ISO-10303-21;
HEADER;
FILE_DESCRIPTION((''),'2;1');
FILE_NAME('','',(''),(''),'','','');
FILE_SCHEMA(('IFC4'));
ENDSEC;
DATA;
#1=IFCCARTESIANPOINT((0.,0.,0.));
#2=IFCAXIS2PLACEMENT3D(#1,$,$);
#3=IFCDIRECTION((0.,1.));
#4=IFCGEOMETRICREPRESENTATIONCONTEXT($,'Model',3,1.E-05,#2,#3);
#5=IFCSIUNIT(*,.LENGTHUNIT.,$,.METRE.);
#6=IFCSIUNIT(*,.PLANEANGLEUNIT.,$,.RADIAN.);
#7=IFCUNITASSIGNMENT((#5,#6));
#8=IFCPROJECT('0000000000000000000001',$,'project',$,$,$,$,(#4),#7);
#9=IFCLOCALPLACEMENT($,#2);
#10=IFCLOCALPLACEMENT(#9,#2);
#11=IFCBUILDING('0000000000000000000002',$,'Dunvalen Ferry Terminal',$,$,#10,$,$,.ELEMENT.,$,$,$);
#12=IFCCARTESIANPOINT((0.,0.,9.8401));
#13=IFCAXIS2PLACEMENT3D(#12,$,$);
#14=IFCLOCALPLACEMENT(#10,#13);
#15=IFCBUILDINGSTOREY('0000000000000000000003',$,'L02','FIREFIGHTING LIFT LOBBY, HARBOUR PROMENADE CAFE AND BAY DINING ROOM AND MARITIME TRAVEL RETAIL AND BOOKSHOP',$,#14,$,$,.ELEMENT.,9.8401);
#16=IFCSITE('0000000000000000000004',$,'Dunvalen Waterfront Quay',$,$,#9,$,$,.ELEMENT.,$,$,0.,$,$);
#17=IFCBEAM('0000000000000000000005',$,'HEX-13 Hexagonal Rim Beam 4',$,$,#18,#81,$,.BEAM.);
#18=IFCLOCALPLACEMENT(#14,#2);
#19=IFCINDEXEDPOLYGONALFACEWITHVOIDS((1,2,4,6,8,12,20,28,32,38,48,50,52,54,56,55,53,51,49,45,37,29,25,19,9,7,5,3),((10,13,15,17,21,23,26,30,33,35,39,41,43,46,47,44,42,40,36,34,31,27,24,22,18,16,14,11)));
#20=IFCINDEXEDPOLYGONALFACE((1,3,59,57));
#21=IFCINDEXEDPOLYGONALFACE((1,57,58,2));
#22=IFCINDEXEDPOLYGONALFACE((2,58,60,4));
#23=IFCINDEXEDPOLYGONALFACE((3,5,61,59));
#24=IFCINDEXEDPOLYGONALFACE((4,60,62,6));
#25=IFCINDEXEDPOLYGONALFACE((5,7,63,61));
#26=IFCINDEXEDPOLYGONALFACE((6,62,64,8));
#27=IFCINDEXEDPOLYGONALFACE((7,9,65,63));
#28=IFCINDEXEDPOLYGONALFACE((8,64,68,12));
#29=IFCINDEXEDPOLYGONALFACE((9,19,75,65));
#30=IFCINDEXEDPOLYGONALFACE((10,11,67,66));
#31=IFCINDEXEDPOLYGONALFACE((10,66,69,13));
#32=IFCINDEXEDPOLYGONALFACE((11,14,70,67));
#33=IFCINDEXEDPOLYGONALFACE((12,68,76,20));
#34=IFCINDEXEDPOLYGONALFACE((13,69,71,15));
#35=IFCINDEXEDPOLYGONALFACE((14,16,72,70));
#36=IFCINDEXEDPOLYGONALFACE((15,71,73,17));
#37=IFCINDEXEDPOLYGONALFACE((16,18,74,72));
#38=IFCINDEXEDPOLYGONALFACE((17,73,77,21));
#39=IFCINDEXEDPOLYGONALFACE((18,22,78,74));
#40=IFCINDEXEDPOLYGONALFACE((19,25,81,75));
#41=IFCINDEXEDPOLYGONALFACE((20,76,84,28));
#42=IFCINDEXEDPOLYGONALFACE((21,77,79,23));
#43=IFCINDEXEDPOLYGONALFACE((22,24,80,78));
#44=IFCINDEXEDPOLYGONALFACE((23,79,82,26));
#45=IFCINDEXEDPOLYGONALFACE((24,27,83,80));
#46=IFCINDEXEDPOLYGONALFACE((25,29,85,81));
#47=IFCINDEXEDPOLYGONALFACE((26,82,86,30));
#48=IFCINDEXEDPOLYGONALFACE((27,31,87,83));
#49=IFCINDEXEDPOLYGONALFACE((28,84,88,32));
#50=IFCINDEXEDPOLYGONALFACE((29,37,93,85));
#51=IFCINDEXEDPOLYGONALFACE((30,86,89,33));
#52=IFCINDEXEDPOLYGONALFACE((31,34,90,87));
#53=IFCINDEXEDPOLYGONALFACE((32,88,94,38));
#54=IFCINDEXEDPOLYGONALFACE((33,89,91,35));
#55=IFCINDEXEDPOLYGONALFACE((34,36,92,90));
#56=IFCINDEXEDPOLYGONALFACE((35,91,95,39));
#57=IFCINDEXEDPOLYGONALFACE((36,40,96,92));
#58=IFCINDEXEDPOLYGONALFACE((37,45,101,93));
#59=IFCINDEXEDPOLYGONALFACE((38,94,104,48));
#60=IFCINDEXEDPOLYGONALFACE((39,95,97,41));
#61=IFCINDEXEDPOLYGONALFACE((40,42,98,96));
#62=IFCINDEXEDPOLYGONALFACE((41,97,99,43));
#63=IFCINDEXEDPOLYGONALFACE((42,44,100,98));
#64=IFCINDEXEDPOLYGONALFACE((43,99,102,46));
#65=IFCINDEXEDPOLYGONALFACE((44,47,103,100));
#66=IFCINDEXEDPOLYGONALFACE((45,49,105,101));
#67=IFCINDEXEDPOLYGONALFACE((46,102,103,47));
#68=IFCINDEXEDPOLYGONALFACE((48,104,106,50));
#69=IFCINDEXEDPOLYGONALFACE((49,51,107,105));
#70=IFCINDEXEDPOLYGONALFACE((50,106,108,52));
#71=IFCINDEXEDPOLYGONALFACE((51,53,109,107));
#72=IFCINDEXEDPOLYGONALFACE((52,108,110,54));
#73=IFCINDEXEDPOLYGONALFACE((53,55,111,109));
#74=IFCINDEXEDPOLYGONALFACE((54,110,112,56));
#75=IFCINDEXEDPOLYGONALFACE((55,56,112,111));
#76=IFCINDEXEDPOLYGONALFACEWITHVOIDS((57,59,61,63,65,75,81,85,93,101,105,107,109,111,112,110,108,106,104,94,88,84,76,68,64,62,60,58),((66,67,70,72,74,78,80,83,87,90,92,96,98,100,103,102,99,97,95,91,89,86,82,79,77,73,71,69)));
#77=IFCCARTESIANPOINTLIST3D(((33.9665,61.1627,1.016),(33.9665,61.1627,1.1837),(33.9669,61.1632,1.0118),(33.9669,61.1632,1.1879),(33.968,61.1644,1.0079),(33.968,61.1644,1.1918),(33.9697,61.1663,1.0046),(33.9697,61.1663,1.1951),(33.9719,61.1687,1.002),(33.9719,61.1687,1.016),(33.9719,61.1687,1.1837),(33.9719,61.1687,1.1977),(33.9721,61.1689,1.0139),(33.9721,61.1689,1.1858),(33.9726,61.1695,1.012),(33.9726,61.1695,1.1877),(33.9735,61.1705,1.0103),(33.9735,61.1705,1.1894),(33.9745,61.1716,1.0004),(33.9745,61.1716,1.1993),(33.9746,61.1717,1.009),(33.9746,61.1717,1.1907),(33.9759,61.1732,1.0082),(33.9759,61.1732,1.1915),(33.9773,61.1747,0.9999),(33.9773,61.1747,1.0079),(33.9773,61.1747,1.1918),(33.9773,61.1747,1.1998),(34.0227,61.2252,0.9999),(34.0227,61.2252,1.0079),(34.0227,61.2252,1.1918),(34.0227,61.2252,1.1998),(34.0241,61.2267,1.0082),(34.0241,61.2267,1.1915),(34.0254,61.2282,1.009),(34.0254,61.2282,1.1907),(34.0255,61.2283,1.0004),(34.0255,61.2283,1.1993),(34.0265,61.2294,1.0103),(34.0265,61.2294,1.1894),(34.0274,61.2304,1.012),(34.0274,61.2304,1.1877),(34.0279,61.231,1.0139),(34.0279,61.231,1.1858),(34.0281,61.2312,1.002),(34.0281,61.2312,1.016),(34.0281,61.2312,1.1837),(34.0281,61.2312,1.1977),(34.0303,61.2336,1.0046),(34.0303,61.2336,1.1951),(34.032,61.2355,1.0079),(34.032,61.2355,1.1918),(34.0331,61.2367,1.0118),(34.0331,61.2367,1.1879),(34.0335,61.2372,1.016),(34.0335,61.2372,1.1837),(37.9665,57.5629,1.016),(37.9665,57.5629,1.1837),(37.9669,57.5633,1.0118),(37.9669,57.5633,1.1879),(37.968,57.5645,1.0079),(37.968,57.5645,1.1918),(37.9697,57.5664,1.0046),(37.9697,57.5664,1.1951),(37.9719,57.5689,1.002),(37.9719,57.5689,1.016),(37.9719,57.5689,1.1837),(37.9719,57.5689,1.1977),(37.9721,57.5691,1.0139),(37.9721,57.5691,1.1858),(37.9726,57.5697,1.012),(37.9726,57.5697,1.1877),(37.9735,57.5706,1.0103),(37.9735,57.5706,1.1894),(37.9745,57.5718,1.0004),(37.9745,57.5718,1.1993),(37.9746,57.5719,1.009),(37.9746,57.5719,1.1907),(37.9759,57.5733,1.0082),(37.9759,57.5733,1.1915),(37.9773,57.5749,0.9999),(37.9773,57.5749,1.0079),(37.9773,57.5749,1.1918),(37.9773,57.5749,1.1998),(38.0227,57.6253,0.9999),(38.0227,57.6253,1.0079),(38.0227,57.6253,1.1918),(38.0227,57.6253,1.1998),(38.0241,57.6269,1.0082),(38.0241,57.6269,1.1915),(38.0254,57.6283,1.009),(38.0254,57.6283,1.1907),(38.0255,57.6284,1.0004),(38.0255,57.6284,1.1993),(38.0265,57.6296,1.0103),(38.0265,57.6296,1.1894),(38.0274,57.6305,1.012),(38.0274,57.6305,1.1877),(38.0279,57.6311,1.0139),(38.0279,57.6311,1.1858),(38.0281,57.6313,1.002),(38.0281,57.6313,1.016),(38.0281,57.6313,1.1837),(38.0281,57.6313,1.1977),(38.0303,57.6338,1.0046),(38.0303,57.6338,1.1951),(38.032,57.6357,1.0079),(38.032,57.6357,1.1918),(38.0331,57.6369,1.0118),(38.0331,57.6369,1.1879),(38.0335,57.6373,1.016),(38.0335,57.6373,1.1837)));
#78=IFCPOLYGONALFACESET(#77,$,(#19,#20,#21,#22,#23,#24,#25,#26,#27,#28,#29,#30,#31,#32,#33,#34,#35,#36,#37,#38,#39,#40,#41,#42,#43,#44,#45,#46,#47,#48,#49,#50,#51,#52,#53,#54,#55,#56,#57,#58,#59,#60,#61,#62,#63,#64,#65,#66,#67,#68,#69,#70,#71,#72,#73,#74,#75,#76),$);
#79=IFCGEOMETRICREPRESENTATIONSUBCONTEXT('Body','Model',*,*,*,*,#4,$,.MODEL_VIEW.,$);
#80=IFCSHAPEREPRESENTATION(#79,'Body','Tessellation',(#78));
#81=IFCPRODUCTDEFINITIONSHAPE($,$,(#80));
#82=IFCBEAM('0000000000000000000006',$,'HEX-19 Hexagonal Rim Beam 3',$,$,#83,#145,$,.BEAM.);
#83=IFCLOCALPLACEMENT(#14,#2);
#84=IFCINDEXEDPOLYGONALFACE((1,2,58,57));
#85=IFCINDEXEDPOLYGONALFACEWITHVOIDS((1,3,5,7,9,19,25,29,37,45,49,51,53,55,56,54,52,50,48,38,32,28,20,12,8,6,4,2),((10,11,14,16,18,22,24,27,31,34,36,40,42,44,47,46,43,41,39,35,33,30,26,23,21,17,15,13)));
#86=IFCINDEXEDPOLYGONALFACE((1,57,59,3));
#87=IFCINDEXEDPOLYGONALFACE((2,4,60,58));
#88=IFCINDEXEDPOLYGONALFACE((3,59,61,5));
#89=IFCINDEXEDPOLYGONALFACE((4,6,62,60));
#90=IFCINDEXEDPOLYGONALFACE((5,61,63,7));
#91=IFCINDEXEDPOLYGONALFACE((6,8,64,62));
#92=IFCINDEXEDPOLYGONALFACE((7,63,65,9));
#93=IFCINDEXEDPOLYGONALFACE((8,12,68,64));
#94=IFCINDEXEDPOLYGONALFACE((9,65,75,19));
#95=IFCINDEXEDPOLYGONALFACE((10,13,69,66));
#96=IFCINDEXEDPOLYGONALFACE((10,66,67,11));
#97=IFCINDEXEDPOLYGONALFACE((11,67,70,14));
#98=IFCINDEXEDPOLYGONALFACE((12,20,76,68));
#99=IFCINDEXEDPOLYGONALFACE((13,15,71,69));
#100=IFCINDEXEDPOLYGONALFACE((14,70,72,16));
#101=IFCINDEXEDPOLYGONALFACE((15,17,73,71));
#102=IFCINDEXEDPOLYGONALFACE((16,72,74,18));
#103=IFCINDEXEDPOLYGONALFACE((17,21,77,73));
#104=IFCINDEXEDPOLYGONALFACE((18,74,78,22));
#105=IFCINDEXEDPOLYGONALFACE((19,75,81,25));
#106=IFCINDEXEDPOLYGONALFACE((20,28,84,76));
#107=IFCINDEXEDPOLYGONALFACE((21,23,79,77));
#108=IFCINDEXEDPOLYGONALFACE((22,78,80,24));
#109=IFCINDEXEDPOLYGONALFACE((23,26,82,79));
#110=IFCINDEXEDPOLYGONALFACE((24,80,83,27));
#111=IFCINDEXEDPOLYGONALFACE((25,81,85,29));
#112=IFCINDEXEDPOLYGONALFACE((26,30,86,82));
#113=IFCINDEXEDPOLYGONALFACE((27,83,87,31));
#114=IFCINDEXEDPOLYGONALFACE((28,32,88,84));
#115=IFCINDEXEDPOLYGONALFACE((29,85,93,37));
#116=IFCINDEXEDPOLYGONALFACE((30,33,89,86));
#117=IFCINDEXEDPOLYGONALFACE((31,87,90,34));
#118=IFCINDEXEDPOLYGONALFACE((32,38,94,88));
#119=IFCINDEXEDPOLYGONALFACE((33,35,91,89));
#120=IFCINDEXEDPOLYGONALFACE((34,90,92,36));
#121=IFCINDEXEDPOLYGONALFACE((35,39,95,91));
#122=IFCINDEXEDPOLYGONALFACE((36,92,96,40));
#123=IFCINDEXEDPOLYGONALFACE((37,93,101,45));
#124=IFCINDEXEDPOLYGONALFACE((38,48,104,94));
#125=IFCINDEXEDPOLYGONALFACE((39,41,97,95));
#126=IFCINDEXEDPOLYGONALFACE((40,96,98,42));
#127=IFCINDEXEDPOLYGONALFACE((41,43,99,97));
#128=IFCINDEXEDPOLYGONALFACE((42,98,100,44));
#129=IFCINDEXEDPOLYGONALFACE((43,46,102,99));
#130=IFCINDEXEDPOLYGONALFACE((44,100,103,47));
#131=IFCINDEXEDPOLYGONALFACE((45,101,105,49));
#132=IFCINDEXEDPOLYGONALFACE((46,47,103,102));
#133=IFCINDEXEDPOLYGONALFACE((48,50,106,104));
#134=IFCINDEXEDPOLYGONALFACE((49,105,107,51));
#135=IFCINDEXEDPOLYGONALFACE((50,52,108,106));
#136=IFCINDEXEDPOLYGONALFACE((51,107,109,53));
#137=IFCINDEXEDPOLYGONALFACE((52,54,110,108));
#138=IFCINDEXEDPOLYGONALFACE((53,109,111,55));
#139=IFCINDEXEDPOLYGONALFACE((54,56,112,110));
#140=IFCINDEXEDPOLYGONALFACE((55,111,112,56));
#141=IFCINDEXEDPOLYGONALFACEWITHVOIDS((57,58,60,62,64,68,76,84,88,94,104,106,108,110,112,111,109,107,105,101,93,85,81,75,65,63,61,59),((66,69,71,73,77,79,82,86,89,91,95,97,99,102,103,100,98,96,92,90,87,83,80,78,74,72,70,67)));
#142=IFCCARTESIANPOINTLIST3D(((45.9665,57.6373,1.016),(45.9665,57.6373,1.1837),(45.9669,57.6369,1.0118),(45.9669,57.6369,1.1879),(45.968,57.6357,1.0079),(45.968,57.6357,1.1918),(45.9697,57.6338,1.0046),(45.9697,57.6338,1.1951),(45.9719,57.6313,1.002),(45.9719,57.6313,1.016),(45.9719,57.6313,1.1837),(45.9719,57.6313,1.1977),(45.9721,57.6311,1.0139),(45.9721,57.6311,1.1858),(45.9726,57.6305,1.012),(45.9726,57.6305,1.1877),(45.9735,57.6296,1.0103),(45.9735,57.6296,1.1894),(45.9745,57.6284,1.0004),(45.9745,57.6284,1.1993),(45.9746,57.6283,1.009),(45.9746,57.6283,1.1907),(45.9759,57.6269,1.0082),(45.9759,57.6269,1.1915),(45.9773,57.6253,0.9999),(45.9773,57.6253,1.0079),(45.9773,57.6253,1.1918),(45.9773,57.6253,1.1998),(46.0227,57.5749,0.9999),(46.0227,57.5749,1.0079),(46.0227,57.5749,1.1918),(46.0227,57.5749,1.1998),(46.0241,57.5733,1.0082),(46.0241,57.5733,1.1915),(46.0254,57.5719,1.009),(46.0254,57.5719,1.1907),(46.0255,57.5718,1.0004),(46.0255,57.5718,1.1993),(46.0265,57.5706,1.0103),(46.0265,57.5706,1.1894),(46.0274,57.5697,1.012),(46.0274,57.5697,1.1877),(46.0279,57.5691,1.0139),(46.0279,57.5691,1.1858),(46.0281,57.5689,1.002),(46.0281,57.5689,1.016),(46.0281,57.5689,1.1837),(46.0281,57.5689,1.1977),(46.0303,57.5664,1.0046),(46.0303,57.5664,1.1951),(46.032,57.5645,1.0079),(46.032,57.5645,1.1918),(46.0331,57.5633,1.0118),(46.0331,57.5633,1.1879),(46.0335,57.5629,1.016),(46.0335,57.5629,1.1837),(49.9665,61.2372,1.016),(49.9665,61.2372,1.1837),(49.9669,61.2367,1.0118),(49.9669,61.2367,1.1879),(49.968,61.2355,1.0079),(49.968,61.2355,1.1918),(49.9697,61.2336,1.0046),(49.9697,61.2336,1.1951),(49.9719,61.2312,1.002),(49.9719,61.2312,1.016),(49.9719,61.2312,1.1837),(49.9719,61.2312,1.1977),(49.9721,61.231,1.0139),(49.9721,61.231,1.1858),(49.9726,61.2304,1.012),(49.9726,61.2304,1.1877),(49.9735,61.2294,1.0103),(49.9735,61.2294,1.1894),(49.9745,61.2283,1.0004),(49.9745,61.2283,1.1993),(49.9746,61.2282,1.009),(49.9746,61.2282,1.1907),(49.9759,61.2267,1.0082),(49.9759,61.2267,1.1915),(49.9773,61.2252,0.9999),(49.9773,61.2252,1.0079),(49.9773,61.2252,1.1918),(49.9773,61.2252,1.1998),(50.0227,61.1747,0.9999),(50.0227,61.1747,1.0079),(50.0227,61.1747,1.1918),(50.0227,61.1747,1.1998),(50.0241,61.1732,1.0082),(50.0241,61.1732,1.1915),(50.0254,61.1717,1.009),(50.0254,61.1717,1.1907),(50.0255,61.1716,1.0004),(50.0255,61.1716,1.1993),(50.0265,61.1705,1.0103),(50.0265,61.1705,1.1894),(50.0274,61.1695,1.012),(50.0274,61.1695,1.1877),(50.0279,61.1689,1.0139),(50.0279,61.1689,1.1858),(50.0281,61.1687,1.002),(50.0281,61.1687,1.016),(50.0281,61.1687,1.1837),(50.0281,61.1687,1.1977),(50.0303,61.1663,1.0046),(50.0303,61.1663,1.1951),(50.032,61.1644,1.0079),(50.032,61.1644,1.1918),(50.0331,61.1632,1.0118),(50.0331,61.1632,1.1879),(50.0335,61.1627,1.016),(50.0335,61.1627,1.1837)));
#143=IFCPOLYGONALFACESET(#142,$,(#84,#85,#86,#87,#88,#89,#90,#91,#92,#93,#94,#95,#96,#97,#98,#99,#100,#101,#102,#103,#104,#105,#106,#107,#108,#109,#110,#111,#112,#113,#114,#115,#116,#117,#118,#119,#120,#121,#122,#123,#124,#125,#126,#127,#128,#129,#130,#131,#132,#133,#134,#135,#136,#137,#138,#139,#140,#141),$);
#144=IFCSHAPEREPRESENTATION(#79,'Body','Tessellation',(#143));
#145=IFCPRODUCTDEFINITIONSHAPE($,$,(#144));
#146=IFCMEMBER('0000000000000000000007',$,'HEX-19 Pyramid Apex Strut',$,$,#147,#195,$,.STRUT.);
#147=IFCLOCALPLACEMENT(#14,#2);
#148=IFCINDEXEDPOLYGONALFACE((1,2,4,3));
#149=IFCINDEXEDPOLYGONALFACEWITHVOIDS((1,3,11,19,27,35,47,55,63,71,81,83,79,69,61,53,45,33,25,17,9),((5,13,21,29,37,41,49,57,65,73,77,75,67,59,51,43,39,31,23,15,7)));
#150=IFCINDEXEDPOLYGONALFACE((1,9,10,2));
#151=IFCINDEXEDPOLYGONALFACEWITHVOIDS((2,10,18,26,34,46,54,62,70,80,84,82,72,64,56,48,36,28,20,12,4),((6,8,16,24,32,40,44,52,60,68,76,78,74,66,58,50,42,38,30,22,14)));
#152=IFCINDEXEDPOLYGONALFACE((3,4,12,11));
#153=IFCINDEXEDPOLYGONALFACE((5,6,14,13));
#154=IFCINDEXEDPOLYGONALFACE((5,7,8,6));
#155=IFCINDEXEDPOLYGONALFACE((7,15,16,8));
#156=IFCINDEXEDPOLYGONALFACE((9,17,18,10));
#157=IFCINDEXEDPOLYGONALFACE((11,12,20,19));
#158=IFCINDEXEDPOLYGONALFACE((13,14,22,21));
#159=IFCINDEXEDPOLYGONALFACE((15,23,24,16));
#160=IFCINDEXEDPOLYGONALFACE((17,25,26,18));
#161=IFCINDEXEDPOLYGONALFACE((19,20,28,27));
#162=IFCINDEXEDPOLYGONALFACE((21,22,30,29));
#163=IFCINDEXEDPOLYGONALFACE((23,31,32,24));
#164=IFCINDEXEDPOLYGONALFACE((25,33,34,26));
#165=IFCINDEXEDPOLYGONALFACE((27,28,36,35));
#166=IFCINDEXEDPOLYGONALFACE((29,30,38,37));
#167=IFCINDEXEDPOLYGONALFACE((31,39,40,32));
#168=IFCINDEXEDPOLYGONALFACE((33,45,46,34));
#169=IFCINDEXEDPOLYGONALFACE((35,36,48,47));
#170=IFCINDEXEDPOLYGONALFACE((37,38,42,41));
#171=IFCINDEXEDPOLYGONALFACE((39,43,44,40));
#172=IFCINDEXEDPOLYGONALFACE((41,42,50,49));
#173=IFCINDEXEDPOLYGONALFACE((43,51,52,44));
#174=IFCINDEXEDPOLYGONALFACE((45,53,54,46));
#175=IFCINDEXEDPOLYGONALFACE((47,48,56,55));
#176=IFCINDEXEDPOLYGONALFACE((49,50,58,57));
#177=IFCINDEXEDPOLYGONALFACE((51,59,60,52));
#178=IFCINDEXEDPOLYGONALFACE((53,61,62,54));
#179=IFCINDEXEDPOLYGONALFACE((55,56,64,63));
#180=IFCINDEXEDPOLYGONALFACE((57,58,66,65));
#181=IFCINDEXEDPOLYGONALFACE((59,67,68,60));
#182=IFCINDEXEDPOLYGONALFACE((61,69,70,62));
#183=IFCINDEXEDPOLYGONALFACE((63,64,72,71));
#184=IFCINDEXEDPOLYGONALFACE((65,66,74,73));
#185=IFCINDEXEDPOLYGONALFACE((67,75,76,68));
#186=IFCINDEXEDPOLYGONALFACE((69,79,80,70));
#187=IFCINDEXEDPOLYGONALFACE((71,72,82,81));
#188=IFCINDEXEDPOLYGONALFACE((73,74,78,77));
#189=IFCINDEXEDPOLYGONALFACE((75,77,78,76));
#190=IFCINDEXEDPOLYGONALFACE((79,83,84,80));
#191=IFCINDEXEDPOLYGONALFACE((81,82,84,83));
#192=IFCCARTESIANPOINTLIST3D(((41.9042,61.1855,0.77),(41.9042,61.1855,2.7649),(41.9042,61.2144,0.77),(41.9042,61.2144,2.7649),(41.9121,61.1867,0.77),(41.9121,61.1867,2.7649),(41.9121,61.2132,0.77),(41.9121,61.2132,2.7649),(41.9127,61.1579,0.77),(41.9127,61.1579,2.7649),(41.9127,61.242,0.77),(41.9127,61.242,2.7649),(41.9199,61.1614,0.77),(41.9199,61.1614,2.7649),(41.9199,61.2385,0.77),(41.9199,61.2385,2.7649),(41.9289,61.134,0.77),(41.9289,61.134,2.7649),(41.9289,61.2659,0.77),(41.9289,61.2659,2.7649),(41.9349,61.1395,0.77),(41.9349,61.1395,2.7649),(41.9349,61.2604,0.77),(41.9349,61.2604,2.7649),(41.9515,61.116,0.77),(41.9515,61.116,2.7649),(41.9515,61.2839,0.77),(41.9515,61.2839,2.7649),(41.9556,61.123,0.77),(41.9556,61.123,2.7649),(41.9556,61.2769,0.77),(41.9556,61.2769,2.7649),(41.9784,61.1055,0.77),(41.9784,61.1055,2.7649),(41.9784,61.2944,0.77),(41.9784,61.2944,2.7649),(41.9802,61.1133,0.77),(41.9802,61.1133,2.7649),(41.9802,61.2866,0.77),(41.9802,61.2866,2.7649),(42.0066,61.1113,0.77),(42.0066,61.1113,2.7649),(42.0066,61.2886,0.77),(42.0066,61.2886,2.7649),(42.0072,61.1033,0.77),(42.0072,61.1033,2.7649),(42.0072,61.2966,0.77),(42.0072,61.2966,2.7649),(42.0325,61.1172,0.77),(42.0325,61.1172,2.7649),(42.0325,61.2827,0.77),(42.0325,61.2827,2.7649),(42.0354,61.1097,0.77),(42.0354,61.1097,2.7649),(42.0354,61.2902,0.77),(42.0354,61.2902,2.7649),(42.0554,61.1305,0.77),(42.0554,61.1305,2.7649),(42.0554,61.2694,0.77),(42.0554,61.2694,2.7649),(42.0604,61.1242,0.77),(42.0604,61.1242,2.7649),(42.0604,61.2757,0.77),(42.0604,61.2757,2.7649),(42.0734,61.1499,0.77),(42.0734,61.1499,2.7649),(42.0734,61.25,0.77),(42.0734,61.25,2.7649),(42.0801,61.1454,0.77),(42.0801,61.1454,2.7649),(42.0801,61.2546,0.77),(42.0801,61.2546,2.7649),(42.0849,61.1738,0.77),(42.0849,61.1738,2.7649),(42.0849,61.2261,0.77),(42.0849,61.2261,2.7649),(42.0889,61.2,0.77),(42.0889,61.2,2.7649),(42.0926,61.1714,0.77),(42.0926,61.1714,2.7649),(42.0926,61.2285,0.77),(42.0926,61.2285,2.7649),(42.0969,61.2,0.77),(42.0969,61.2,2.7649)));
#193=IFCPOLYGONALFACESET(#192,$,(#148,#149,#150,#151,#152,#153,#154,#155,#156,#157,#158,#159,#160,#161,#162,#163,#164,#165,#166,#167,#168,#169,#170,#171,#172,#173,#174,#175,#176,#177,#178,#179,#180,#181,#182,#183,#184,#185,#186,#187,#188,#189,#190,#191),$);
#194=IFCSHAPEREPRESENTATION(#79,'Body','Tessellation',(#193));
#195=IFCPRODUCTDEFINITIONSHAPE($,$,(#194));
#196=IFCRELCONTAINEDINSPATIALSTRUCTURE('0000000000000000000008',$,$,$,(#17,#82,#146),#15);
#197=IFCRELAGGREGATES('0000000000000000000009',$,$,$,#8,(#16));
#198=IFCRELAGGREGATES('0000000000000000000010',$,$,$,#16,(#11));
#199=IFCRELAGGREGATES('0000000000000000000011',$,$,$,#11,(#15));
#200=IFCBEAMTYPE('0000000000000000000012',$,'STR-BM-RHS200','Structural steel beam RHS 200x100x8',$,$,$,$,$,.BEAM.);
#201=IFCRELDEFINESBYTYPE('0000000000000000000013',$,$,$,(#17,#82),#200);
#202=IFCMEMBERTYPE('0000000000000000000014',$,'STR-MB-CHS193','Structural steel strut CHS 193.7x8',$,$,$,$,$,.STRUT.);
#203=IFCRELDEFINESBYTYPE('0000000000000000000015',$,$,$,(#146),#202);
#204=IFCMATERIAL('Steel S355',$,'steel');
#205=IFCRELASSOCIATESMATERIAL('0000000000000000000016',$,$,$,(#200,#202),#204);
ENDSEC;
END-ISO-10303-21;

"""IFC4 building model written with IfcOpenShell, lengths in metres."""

from ifc_helpers import new_model, si_unit, direction, frame, origin, origin_2d, place, context, subcontext, project, spatial, hollow_rectangle, hollow_circle, extrude, material, material_profile, profile_set, type_object, element, save


model = new_model("IFC4")

# Units and contexts
model_context = context("Model", 3, precision=1e-05, world=origin(), true_north=direction((0.0, 1.0)))
body_context = subcontext(model_context, "Body", "Model", "MODEL_VIEW")
ifc_project = project(units=[si_unit("LENGTHUNIT", "METRE"), si_unit("PLANEANGLEUNIT", "RADIAN")], contexts=[model_context])

# Site, building, storey
site_placement = place(None, origin())
site = spatial("IfcSite", under=ifc_project, at=site_placement, Name="Dunvalen Waterfront Quay", CompositionType="ELEMENT", RefElevation=0.0)
building_placement = place(site_placement, origin())
building = spatial("IfcBuilding", under=site, at=building_placement, Name="Dunvalen Ferry Terminal", CompositionType="ELEMENT")
storey_placement = place(building_placement, frame((0.0, 0.0, 9.8401)))
storey = spatial("IfcBuildingStorey", under=building, at=storey_placement, Name="L02", Description="FIREFIGHTING LIFT LOBBY, HARBOUR PROMENADE CAFE AND BAY DINING ROOM AND MARITIME TRAVEL RETAIL AND BOOKSHOP", CompositionType="ELEMENT", Elevation=9.8401)

# Beams
ifc_material_1 = material(Name="Steel S355", Category="steel")
ifc_material_profile_1 = material_profile(ifc_material_1, hollow_rectangle(XDim=0.1001, YDim=0.2, WallThickness=0.0081, InnerFilletRadius=0.0081, OuterFilletRadius=0.0161, at=origin_2d()), Name="Steel S355")
ifc_profile_set_1 = profile_set([ifc_material_profile_1], Name="Steel S355")
beam_type = type_object("IfcBeamType", Name="STR-BM-RHS200", Description="Structural steel beam RHS 200x100x8", PredefinedType="BEAM", material=ifc_profile_set_1)
for number, where, z_axis, x_axis, name in (
    (1, (38.0, 57.6001, 1.0999), (-0.743308, 0.66895, 0.0), (-0.66895, -0.743308, 0.0), "HEX-13 Hexagonal Rim Beam 4"),
    (2, (46.0, 57.6001, 1.0999), (0.743308, 0.66895, 0.0), (-0.66895, 0.743308, 0.0), "HEX-19 Hexagonal Rim Beam 3"),
):
    element("IfcBeam", number, at=place(storey_placement, frame(where, z_axis=z_axis, x_axis=x_axis)), inside=storey, type_object=beam_type, Name=name, PredefinedType="BEAM", context=body_context, shape_type="SweptSolid", body=[
        extrude(hollow_rectangle(XDim=0.1001, YDim=0.2, WallThickness=0.0081, InnerFilletRadius=0.0081, OuterFilletRadius=0.0161, at=origin_2d()), origin(), (0.0, 0.0, 1.0), 5.3813),
    ])

# Member
ifc_material_profile_2 = material_profile(ifc_material_1, hollow_circle(Radius=0.0969, WallThickness=0.0081, at=origin_2d()), Name="Steel S355")
ifc_profile_set_2 = profile_set([ifc_material_profile_2], Name="Steel S355")
member_type_1 = type_object("IfcMemberType", Name="STR-MB-CHS193", Description="Structural steel strut CHS 193.7x8", PredefinedType="STRUT", material=ifc_profile_set_2)
member_1_placement = place(storey_placement, frame((42.0, 61.2, 0.77), z_axis=(0.0, 0.0, 1.0), x_axis=(1.0, 0.0, 0.0)))
element("IfcMember", 3, at=member_1_placement, inside=storey, type_object=member_type_1, Name="HEX-19 Pyramid Apex Strut", PredefinedType="STRUT", context=body_context, shape_type="SweptSolid", body=[
    extrude(hollow_circle(Radius=0.0969, WallThickness=0.0081, at=origin_2d()), origin(), (0.0, 0.0, 1.0), 1.9949),
])

save(model, "model.ifc")
